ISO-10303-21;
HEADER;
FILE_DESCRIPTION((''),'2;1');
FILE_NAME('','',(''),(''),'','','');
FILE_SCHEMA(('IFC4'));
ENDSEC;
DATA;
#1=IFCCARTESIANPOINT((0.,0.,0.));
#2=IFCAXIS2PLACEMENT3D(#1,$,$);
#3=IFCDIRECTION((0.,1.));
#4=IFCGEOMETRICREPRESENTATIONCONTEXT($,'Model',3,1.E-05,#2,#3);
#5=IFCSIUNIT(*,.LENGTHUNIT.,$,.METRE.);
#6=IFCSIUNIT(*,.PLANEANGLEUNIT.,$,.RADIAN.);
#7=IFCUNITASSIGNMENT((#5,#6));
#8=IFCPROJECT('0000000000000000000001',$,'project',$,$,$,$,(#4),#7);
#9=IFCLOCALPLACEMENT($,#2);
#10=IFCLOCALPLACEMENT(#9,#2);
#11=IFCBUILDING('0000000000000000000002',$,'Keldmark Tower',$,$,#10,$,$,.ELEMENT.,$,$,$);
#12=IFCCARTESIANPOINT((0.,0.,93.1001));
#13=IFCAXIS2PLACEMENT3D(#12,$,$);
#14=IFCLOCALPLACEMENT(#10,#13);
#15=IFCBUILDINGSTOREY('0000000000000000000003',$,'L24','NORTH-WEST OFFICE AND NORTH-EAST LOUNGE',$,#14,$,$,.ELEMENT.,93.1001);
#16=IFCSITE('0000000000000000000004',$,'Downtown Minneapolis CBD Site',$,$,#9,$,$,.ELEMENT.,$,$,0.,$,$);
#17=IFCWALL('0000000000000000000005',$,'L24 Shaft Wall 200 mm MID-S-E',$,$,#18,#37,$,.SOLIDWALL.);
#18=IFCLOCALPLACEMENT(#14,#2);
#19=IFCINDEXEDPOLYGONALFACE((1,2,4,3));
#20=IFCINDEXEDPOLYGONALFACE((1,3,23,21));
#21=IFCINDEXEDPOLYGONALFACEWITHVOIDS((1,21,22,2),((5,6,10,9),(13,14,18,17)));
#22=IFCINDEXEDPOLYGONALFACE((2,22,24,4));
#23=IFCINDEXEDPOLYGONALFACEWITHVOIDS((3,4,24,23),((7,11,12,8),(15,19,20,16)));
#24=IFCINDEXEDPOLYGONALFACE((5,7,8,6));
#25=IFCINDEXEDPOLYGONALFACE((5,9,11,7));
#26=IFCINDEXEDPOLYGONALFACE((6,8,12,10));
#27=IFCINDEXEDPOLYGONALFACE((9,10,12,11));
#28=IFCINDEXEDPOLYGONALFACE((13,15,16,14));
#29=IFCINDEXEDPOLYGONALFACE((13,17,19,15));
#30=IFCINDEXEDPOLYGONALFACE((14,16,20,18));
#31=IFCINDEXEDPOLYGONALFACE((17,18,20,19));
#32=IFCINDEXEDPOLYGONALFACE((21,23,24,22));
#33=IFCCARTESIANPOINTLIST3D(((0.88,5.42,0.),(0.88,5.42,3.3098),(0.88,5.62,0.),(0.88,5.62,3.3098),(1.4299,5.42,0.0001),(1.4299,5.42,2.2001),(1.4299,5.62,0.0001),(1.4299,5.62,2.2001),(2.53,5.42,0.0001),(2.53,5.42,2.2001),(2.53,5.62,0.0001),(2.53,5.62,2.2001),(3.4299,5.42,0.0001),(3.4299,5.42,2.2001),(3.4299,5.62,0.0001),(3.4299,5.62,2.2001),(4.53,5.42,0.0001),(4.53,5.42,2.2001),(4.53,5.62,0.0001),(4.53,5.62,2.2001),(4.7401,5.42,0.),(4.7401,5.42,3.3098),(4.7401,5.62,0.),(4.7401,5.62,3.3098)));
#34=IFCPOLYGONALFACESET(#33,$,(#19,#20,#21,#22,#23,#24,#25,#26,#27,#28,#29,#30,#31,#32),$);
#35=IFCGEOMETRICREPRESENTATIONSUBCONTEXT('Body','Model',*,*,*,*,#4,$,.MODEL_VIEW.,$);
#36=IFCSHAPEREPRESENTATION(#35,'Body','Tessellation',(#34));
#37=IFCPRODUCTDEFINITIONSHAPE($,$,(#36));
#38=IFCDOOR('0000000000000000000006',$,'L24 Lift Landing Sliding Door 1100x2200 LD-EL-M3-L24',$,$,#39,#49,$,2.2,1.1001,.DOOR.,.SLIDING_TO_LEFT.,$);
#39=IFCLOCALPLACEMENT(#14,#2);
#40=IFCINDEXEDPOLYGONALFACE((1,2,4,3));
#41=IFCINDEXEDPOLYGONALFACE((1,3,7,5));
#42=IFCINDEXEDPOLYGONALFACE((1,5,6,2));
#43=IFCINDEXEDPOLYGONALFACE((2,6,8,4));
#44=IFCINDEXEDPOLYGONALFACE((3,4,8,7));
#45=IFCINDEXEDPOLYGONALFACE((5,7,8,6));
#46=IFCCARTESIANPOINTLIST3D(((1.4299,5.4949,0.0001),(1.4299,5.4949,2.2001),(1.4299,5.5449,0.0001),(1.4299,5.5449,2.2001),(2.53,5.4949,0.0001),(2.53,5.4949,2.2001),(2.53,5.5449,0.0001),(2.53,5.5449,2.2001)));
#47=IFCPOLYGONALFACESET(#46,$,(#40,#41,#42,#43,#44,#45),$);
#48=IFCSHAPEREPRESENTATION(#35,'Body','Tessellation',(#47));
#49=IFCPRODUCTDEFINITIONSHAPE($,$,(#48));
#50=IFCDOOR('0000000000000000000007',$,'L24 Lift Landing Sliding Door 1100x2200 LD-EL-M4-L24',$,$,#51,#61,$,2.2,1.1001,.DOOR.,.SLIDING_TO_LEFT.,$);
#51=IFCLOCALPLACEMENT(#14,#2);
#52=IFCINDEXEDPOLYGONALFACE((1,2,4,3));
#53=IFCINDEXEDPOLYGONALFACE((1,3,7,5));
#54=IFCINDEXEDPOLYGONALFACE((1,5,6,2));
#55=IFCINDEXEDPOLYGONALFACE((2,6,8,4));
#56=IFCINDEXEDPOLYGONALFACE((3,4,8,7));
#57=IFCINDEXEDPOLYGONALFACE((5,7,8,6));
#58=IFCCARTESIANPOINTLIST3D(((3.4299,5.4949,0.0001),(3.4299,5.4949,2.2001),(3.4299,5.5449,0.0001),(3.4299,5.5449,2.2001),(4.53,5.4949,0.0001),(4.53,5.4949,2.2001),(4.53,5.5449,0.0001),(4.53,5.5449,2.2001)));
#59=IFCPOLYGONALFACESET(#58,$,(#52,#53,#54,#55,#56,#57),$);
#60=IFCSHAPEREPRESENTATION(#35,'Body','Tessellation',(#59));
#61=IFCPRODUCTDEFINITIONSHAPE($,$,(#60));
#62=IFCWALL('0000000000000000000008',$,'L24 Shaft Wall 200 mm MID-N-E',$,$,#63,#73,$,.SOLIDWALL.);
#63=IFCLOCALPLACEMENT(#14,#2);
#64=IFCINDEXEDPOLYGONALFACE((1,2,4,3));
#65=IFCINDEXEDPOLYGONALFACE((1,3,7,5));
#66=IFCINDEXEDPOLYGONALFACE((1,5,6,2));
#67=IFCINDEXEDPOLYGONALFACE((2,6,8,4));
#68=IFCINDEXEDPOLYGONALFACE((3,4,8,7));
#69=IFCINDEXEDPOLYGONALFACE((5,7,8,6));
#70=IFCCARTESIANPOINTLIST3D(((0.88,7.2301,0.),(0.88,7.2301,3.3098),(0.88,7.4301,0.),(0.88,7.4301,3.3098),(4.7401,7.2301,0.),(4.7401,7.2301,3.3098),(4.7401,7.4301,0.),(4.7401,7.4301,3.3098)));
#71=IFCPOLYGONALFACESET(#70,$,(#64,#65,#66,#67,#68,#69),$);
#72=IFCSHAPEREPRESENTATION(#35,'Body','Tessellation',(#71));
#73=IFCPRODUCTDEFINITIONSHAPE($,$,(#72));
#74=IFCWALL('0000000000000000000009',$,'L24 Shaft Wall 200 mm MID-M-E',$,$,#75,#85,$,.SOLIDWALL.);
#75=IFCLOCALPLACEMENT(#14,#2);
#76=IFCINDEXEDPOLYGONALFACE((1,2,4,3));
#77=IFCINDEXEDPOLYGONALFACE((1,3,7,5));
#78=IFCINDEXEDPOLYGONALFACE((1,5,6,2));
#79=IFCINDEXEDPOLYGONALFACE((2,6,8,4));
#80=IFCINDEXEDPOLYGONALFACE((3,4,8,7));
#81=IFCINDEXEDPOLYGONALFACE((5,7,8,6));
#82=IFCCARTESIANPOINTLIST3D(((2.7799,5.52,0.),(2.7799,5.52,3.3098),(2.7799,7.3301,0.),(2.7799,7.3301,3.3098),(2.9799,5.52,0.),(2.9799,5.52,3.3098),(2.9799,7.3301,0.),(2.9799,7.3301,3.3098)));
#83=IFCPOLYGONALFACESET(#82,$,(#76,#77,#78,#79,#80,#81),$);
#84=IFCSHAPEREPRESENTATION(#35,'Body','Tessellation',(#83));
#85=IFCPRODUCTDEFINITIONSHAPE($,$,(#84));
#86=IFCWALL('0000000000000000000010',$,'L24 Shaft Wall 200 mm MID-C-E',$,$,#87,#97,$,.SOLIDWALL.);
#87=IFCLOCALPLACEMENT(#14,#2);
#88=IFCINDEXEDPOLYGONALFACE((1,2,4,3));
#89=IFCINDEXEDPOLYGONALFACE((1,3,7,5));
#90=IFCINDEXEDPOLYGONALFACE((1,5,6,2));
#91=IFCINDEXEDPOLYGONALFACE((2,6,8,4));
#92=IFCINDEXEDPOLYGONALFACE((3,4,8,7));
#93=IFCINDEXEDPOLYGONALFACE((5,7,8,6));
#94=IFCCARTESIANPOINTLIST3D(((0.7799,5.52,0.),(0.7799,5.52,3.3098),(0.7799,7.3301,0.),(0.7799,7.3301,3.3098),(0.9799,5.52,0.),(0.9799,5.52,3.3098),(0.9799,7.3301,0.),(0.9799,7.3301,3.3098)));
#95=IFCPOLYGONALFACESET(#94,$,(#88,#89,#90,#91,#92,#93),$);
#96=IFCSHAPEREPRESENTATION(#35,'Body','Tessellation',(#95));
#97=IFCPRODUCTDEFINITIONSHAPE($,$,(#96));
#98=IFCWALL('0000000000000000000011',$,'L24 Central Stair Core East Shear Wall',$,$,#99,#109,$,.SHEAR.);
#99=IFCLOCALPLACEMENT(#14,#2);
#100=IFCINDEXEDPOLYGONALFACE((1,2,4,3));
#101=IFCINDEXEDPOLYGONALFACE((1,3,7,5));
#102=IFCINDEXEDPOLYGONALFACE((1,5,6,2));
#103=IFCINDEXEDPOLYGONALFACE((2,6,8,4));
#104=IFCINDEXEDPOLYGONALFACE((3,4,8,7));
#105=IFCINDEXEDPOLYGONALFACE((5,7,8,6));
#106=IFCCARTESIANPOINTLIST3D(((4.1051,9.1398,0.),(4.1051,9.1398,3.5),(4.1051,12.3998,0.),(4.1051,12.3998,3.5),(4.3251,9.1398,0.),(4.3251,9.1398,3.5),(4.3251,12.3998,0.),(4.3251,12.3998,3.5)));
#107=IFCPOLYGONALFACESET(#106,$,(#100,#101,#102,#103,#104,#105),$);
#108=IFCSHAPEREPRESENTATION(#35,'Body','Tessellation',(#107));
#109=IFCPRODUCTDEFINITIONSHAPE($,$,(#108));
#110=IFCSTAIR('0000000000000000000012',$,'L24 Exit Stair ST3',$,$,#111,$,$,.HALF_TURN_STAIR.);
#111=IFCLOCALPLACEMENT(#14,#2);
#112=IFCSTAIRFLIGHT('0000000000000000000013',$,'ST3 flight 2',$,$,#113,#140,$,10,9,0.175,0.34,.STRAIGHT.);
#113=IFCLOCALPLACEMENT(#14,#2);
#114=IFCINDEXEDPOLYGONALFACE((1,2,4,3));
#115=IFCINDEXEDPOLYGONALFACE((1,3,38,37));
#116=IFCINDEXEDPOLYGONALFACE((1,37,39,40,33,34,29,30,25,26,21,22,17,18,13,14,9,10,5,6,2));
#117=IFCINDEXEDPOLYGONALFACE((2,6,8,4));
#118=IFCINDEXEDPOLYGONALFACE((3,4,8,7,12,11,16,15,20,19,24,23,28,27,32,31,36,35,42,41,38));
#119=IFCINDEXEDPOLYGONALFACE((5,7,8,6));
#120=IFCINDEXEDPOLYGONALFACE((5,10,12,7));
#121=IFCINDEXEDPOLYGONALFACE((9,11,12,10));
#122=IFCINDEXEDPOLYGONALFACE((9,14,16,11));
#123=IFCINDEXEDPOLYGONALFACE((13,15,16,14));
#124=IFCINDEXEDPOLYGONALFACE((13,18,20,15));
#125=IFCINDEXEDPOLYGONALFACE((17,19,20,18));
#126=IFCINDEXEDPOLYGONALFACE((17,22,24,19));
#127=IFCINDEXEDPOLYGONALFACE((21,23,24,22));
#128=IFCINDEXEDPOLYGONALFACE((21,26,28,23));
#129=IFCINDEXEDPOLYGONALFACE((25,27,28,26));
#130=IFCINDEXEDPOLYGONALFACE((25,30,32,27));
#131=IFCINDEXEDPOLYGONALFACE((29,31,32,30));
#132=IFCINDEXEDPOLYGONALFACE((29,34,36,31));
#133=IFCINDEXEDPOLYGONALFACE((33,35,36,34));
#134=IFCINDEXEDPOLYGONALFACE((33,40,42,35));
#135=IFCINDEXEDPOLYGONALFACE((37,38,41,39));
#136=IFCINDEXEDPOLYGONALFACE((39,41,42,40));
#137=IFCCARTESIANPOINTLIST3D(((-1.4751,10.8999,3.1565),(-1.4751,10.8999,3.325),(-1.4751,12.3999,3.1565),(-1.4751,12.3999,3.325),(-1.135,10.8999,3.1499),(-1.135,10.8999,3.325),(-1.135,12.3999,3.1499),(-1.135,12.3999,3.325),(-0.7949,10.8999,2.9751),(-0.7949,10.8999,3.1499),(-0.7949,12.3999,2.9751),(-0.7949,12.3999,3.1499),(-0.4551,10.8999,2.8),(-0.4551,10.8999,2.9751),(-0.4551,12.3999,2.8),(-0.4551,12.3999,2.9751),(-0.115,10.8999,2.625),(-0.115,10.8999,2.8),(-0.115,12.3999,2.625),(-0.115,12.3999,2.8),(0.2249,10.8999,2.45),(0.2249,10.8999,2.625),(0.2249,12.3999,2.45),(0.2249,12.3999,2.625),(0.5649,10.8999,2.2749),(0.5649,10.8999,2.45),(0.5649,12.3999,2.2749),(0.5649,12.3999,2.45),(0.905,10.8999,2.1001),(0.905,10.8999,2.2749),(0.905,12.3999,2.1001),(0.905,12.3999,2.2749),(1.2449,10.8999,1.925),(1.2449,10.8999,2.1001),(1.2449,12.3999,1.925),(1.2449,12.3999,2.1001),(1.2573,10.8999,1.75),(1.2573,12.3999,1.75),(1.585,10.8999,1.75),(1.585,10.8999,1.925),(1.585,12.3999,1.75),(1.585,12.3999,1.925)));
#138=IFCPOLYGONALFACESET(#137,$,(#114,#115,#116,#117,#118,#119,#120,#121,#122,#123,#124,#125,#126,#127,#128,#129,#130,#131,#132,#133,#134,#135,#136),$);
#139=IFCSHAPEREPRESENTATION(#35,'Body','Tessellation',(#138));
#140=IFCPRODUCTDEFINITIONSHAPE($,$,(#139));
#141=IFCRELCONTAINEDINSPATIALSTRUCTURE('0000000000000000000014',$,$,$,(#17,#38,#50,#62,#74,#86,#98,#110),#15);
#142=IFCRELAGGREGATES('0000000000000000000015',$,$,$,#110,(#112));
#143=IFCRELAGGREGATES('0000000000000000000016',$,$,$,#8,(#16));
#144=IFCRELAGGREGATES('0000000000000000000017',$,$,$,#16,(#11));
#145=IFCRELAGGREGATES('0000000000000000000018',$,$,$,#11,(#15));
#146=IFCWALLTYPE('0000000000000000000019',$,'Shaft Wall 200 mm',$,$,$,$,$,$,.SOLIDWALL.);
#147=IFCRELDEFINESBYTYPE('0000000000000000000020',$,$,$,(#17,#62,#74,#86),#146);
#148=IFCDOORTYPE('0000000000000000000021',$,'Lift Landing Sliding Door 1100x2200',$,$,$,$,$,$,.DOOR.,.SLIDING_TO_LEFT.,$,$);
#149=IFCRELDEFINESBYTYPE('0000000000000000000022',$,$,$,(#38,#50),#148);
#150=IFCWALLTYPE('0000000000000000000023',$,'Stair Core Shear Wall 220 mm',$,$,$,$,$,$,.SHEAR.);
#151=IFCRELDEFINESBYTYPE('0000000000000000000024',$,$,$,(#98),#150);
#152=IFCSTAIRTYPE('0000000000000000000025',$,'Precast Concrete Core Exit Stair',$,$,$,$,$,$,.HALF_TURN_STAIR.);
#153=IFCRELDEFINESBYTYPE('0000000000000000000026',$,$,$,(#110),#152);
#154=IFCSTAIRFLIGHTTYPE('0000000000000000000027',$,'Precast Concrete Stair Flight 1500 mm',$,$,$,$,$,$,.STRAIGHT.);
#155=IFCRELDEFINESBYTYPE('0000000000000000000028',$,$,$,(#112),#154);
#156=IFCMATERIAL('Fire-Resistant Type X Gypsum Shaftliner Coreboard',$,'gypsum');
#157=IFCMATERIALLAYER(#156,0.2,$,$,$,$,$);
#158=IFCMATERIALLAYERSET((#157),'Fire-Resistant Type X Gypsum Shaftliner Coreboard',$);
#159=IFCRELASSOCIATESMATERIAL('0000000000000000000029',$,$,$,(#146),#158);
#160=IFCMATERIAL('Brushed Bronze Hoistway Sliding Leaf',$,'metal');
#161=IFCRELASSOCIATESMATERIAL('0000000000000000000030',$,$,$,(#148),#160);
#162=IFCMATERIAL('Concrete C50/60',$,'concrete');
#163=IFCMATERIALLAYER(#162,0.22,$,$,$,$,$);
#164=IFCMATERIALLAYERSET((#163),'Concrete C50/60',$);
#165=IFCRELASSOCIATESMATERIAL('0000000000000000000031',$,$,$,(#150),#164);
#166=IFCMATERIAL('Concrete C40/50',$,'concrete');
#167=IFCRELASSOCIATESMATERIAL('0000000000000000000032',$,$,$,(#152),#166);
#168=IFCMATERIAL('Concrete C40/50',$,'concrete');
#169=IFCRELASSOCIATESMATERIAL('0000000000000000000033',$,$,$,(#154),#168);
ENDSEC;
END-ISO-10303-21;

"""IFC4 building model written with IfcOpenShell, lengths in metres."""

from ifc_helpers import new_model, si_unit, direction, frame, frame_2d, origin, place, context, subcontext, project, spatial, polyline, rectangle, outline, extrude, material, layer, layer_set, type_object, element, fill, aggregate, save


model = new_model("IFC4")

# Units and contexts
model_context = context("Model", 3, precision=1e-05, world=origin(), true_north=direction((0.0, 1.0)))
body_context = subcontext(model_context, "Body", "Model", "MODEL_VIEW")
ifc_project = project(units=[si_unit("LENGTHUNIT", "METRE"), si_unit("PLANEANGLEUNIT", "RADIAN")], contexts=[model_context])

# Site, building, storey
site_placement = place(None, origin())
site = spatial("IfcSite", under=ifc_project, at=site_placement, Name="Downtown Minneapolis CBD Site", CompositionType="ELEMENT", RefElevation=0.0)
building_placement = place(site_placement, origin())
building = spatial("IfcBuilding", under=site, at=building_placement, Name="Keldmark Tower", CompositionType="ELEMENT")
storey_placement = place(building_placement, frame((0.0, 0.0, 93.1001)))
storey = spatial("IfcBuildingStorey", under=building, at=storey_placement, Name="L24", Description="NORTH-WEST OFFICE AND NORTH-EAST LOUNGE", CompositionType="ELEMENT", Elevation=93.1001)

# Wall, openings, doors
ifc_material_1 = material(Name="Fire-Resistant Type X Gypsum Shaftliner Coreboard", Category="gypsum")
ifc_layer_1 = layer(ifc_material_1, 0.2)
ifc_layer_set_1 = layer_set([ifc_layer_1], Name="Fire-Resistant Type X Gypsum Shaftliner Coreboard")
wall_type_1 = type_object("IfcWallType", Name="Shaft Wall 200 mm", PredefinedType="SOLIDWALL", material=ifc_layer_set_1)
wall_1_placement = place(storey_placement, frame((0.8799, 5.52, 0.0), z_axis=(0.0, 0.0, 1.0), x_axis=(1.0, 0.0, 0.0)))
wall_1 = element("IfcWall", 1, at=wall_1_placement, inside=storey, type_object=wall_type_1, Name="L24 Shaft Wall 200 mm MID-S-E", PredefinedType="SOLIDWALL", context=body_context, shape_type="SweptSolid", body=[
    extrude(rectangle(XDim=3.8601, YDim=0.2, at=frame_2d((1.9302, 0.0))), origin(), (0.0, 0.0, 1.0), 3.3098),
])
opening_1_placement = place(wall_1_placement, frame((0.55, 0.0, 0.0)))
opening_1 = element("IfcOpeningElement", 2, at=opening_1_placement, cuts=wall_1, PredefinedType="OPENING", context=body_context, shape_type="SweptSolid", body=[
    extrude(rectangle(XDim=1.1001, YDim=2.2, at=frame_2d((0.55, 1.1001))), frame((0.0, 0.1099, 0.0), z_axis=(0.0, -1.0, 0.0), x_axis=(1.0, 0.0, 0.0)), (0.0, 0.0, 1.0), 0.22),
])
opening_2_placement = place(wall_1_placement, frame((2.55, 0.0, 0.0)))
opening_2 = element("IfcOpeningElement", 3, at=opening_2_placement, cuts=wall_1, PredefinedType="OPENING", context=body_context, shape_type="SweptSolid", body=[
    extrude(rectangle(XDim=1.1001, YDim=2.2, at=frame_2d((0.55, 1.1001))), frame((0.0, 0.1099, 0.0), z_axis=(0.0, -1.0, 0.0), x_axis=(1.0, 0.0, 0.0)), (0.0, 0.0, 1.0), 0.22),
])
ifc_material_2 = material(Name="Brushed Bronze Hoistway Sliding Leaf", Category="metal")
door_type_1 = type_object("IfcDoorType", Name="Lift Landing Sliding Door 1100x2200", OperationType="SLIDING_TO_LEFT", PredefinedType="DOOR", material=ifc_material_2)
door_1_placement = place(opening_1_placement, origin())
door_1 = element("IfcDoor", 4, at=door_1_placement, inside=storey, type_object=door_type_1, Name="L24 Lift Landing Sliding Door 1100x2200 LD-EL-M3-L24", OperationType="SLIDING_TO_LEFT", OverallHeight=2.2, OverallWidth=1.1001, PredefinedType="DOOR", context=body_context, shape_type="SweptSolid", body=[
    extrude(rectangle(XDim=1.1001, YDim=2.2, at=frame_2d((0.55, 1.1001))), frame((0.0, 0.0249, 0.0), z_axis=(0.0, -1.0, 0.0), x_axis=(1.0, 0.0, 0.0)), (0.0, 0.0, 1.0), 0.05),
])
fill(opening_1, door_1)
door_2_placement = place(opening_2_placement, origin())
door_2 = element("IfcDoor", 5, at=door_2_placement, inside=storey, type_object=door_type_1, Name="L24 Lift Landing Sliding Door 1100x2200 LD-EL-M4-L24", OperationType="SLIDING_TO_LEFT", OverallHeight=2.2, OverallWidth=1.1001, PredefinedType="DOOR", context=body_context, shape_type="SweptSolid", body=[
    extrude(rectangle(XDim=1.1001, YDim=2.2, at=frame_2d((0.55, 1.1001))), frame((0.0, 0.0249, 0.0), z_axis=(0.0, -1.0, 0.0), x_axis=(1.0, 0.0, 0.0)), (0.0, 0.0, 1.0), 0.05),
])
fill(opening_2, door_2)

# Walls
wall_2_placement = place(storey_placement, frame((0.8799, 7.3301, 0.0), z_axis=(0.0, 0.0, 1.0), x_axis=(1.0, 0.0, 0.0)))
element("IfcWall", 6, at=wall_2_placement, inside=storey, type_object=wall_type_1, Name="L24 Shaft Wall 200 mm MID-N-E", PredefinedType="SOLIDWALL", context=body_context, shape_type="SweptSolid", body=[
    extrude(rectangle(XDim=3.8601, YDim=0.2, at=frame_2d((1.9302, 0.0))), origin(), (0.0, 0.0, 1.0), 3.3098),
])
for number, where, z_axis, x_axis, name in (
    (7, (2.8799, 5.52, 0.0), (0.0, 0.0, 1.0), (0.0, 1.0, 0.0), "L24 Shaft Wall 200 mm MID-M-E"),
    (8, (0.8799, 5.52, 0.0), (0.0, 0.0, 1.0), (0.0, 1.0, 0.0), "L24 Shaft Wall 200 mm MID-C-E"),
):
    element("IfcWall", number, at=place(storey_placement, frame(where, z_axis=z_axis, x_axis=x_axis)), inside=storey, type_object=wall_type_1, Name=name, PredefinedType="SOLIDWALL", context=body_context, shape_type="SweptSolid", body=[
        extrude(rectangle(XDim=1.8101, YDim=0.2, at=frame_2d((0.905, 0.0))), origin(), (0.0, 0.0, 1.0), 3.3098),
    ])
ifc_material_3 = material(Name="Concrete C50/60", Category="concrete")
ifc_layer_2 = layer(ifc_material_3, 0.22)
ifc_layer_set_2 = layer_set([ifc_layer_2], Name="Concrete C50/60")
wall_type_2 = type_object("IfcWallType", Name="Stair Core Shear Wall 220 mm", PredefinedType="SHEAR", material=ifc_layer_set_2)
wall_3_placement = place(storey_placement, frame((4.2151, 9.1399, 0.0), z_axis=(0.0, 0.0, 1.0), x_axis=(0.0, 1.0, 0.0)))
element("IfcWall", 9, at=wall_3_placement, inside=storey, type_object=wall_type_2, Name="L24 Central Stair Core East Shear Wall", PredefinedType="SHEAR", context=body_context, shape_type="SweptSolid", body=[
    extrude(rectangle(XDim=3.26, YDim=0.22, at=frame_2d((1.6299, 0.0))), origin(), (0.0, 0.0, 1.0), 3.5),
])

# Stair, stair flight
ifc_material_4 = material(Name="Concrete C40/50", Category="concrete")
stair_type = type_object("IfcStairType", Name="Precast Concrete Core Exit Stair", PredefinedType="HALF_TURN_STAIR", material=ifc_material_4)
stair_placement = place(storey_placement, origin())
stair = element("IfcStair", 10, at=stair_placement, inside=storey, type_object=stair_type, Name="L24 Exit Stair ST3", PredefinedType="HALF_TURN_STAIR")
ifc_material_5 = material(Name="Concrete C40/50", Category="concrete")
stair_flight_type = type_object("IfcStairFlightType", Name="Precast Concrete Stair Flight 1500 mm", PredefinedType="STRAIGHT", material=ifc_material_5)
stair_flight_placement = place(storey_placement, frame((1.585, 11.6499, 1.75), z_axis=(0.0, 0.0, 1.0), x_axis=(-1.0, 0.0, 0.0)))
stair_flight = element("IfcStairFlight", 11, at=stair_flight_placement, type_object=stair_flight_type, Name="ST3 flight 2", NumberOfRisers=10, NumberOfTreads=9, PredefinedType="STRAIGHT", RiserHeight=0.175, TreadLength=0.34, context=body_context, shape_type="SweptSolid", body=[
    extrude(outline(polyline([(0.0, 0.0), (0.0, 0.175), (0.3401, 0.175), (0.3401, 0.3501), (0.6799, 0.3501), (0.6799, 0.5249), (1.02, 0.5249), (1.02, 0.7), (1.3601, 0.7), (1.3601, 0.875), (1.7, 0.875), (1.7, 1.05), (2.04, 1.05), (2.04, 1.2251), (2.3799, 1.2251), (2.3799, 1.3999), (2.72, 1.3999), (2.72, 1.575), (3.0601, 1.575), (3.0601, 1.75), (3.0601, 1.4065), (0.3276, 0.0), (0.0, 0.0)])), frame((0.0, 0.75, 0.0), z_axis=(0.0, -1.0, 0.0), x_axis=(1.0, 0.0, 0.0)), (0.0, 0.0, 1.0), 1.5),
])
aggregate(stair, [stair_flight])

save(model, "model.ifc")
